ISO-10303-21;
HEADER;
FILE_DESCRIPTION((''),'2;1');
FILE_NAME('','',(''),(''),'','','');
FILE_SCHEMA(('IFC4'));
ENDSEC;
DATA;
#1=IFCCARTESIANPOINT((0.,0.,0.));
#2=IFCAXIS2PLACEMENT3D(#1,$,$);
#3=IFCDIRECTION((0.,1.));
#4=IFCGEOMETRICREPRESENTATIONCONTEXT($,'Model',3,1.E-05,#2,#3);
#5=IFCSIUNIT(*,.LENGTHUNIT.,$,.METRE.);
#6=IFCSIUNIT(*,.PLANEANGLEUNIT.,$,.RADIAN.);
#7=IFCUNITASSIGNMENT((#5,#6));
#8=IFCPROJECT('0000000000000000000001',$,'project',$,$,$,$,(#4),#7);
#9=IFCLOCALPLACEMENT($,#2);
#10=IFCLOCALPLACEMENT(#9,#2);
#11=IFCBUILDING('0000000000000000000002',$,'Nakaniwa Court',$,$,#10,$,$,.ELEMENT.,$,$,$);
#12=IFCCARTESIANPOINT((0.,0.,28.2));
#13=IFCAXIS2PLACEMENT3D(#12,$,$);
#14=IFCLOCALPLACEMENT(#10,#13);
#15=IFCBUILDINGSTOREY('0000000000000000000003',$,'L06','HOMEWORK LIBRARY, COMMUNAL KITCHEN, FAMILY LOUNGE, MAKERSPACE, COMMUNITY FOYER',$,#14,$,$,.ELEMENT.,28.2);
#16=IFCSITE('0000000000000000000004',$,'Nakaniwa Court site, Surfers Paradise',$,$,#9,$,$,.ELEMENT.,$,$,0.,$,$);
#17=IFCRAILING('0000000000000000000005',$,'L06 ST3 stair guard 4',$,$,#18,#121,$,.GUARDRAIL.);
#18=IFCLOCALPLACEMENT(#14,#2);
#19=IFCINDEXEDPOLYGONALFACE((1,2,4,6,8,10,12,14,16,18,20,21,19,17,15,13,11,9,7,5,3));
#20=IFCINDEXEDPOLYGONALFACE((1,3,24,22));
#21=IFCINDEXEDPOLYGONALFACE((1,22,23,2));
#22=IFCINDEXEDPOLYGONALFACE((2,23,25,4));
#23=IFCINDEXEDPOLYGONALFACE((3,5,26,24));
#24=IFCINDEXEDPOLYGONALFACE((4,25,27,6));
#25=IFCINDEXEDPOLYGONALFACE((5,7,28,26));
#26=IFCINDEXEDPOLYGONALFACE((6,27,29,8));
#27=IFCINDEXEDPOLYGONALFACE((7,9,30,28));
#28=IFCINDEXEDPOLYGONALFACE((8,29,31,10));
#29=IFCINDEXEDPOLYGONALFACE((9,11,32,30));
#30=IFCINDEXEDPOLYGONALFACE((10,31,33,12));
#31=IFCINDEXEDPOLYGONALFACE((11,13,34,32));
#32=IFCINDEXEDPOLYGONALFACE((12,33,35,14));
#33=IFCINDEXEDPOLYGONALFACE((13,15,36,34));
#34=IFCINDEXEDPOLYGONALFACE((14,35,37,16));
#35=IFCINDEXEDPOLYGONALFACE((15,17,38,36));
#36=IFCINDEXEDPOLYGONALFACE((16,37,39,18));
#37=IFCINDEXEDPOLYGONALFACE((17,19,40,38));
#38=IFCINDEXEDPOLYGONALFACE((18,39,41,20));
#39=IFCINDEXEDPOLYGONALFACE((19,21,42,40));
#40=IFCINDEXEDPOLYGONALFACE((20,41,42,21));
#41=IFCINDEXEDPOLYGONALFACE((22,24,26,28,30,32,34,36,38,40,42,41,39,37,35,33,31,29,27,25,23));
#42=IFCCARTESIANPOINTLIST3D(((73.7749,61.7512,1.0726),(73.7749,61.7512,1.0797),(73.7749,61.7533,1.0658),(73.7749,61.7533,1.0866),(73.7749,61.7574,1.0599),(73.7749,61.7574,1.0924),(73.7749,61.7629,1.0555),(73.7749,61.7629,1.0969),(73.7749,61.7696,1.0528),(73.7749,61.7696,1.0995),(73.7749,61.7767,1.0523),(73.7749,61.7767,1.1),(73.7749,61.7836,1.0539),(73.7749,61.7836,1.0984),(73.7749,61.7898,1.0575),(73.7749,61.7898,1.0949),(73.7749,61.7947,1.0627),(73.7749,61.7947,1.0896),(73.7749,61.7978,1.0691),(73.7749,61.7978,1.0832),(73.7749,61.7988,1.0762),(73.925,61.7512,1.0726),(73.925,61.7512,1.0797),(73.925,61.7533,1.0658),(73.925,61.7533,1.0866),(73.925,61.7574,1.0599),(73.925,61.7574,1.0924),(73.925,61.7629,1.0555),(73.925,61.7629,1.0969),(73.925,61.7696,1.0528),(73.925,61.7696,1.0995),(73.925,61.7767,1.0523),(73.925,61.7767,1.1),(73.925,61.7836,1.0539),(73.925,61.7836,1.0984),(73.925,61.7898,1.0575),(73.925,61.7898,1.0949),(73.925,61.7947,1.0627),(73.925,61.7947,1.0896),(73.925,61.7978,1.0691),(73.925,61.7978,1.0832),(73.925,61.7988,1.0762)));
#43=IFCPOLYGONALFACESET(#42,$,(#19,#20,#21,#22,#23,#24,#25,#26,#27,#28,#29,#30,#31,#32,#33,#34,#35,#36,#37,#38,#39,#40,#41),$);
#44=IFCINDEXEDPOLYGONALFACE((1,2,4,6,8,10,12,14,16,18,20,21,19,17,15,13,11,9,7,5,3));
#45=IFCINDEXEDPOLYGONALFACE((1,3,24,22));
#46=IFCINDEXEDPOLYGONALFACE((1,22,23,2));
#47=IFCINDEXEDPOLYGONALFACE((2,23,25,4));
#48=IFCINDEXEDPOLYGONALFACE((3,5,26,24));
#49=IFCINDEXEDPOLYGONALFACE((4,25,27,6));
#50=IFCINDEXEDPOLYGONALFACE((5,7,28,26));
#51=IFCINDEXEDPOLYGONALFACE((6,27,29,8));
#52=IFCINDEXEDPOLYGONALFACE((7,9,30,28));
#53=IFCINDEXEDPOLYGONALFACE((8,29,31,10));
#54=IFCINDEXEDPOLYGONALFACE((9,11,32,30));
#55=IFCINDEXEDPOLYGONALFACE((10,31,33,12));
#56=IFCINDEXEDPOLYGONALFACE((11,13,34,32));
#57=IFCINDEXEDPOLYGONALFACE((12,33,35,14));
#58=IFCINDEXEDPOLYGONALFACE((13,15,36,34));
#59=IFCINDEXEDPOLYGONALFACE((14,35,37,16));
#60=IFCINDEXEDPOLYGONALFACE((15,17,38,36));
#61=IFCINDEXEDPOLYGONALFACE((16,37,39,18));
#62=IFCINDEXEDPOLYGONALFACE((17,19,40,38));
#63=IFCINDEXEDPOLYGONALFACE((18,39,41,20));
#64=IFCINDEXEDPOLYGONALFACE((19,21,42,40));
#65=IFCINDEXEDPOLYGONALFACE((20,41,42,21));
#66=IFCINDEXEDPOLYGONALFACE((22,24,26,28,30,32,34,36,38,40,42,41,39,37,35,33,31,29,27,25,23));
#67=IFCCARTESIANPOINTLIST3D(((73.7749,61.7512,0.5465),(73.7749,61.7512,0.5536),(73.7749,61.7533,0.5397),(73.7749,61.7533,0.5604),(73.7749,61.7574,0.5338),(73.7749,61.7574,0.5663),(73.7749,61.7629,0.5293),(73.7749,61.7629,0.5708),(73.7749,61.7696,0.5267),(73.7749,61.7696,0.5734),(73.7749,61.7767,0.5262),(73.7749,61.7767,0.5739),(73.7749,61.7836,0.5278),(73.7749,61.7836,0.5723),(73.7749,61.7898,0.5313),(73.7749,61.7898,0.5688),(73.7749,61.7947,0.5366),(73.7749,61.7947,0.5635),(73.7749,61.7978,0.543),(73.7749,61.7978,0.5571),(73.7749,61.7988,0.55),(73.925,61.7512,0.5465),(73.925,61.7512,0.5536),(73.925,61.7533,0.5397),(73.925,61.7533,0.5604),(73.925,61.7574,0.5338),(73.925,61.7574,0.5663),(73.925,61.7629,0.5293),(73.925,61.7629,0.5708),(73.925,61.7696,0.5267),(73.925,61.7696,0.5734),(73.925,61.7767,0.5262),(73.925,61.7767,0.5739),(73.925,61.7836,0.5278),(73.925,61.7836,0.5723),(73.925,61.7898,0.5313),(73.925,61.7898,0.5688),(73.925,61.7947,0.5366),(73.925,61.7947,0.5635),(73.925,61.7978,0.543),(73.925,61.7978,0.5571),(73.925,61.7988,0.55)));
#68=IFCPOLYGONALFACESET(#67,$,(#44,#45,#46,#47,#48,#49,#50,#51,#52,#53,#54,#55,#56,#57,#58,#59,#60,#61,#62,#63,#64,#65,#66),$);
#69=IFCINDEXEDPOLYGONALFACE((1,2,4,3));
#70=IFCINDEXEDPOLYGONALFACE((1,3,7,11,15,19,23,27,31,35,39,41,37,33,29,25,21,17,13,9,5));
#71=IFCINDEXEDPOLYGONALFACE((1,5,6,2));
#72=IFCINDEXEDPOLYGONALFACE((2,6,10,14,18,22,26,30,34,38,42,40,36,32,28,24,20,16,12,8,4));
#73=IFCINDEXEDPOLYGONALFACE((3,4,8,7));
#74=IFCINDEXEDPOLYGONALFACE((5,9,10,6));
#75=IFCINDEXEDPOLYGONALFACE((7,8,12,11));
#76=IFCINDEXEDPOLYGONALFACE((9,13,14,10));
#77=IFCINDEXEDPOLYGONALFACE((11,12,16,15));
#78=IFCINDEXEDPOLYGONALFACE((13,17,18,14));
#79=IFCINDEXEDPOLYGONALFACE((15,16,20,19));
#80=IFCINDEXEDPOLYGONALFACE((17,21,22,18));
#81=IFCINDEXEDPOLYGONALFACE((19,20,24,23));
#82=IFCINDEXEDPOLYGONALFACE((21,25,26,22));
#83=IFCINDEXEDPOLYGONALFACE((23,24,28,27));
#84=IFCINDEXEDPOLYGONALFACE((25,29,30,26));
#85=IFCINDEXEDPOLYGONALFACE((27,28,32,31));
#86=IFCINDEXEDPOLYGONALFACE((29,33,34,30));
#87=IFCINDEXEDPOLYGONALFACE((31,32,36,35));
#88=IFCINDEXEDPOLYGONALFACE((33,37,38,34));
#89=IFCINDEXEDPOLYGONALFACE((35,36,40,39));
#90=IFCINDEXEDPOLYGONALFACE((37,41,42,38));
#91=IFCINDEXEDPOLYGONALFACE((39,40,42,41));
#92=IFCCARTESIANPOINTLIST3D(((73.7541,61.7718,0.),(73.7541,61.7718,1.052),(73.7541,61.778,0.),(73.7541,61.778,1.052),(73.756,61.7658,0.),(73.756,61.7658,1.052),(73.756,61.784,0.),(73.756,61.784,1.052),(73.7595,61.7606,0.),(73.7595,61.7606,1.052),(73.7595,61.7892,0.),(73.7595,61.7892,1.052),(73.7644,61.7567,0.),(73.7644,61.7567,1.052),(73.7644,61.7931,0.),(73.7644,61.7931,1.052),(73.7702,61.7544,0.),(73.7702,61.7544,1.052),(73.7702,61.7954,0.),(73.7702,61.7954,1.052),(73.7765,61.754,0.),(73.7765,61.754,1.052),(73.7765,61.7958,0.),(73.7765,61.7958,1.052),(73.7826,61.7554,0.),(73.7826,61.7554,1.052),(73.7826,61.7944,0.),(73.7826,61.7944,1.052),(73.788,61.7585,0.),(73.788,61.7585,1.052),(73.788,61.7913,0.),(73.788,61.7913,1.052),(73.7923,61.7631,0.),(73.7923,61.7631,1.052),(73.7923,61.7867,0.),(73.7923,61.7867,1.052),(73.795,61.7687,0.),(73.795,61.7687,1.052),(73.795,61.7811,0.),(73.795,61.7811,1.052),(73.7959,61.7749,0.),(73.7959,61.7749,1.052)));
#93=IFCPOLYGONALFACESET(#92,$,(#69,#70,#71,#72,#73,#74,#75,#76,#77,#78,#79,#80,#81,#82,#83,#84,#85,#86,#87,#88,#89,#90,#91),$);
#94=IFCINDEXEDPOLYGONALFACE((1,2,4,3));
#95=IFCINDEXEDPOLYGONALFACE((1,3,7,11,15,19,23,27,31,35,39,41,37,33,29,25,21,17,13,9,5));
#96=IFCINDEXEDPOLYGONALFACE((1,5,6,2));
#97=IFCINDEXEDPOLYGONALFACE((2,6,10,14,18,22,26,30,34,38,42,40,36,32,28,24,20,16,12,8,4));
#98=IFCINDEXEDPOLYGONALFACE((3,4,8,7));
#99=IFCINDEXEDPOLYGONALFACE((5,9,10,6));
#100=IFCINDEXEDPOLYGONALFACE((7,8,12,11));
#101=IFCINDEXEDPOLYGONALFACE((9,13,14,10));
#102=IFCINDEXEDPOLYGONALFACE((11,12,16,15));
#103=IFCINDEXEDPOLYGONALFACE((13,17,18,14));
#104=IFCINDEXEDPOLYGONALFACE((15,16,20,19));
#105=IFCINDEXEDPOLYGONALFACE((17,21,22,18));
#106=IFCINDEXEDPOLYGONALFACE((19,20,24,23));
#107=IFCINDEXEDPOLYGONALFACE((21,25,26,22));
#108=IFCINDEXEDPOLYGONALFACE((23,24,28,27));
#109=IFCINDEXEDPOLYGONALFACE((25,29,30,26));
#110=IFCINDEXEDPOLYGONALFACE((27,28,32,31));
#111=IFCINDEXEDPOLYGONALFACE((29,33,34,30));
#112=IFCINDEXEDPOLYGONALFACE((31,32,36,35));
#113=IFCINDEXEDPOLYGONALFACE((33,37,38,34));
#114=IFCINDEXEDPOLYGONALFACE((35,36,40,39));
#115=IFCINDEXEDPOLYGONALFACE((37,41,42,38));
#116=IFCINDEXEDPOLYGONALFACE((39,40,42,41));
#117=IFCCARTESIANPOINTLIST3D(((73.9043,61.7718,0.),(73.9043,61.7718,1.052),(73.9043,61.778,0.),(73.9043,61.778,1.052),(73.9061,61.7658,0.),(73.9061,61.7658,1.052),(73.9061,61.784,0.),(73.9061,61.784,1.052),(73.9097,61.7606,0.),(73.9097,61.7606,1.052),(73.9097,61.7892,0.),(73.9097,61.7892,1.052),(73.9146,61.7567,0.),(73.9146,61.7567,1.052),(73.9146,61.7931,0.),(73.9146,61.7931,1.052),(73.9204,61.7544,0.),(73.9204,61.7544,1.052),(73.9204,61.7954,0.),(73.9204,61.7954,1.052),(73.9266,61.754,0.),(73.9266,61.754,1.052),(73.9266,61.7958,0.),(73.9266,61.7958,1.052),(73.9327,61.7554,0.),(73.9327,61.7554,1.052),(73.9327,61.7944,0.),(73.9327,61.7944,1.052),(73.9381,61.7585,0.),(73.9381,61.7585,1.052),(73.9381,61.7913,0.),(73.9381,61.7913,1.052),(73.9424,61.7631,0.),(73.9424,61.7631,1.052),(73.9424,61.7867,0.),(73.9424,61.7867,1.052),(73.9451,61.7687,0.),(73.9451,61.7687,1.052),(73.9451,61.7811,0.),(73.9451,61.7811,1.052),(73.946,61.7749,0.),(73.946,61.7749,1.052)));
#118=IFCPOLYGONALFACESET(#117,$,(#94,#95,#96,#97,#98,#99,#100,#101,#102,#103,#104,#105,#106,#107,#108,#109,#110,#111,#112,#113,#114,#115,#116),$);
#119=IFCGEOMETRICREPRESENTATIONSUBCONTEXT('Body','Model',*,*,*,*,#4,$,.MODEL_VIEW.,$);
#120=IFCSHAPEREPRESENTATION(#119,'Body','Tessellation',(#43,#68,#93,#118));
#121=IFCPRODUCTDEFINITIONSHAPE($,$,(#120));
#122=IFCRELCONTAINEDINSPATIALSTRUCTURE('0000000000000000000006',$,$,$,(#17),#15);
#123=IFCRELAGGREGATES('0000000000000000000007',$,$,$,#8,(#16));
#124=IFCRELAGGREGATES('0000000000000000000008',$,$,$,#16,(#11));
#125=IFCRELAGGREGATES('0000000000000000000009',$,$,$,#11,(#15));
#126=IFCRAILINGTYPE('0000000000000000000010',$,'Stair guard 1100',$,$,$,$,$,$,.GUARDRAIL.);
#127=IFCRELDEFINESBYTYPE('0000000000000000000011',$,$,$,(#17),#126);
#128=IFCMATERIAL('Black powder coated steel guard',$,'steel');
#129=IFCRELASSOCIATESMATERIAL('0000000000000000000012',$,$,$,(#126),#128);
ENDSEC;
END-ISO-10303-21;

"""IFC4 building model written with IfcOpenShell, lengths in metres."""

from ifc_helpers import new_model, si_unit, direction, frame, origin, origin_2d, place, context, subcontext, project, spatial, circle, extrude, material, type_object, element, save


model = new_model("IFC4")

# Units and contexts
model_context = context("Model", 3, precision=1e-05, world=origin(), true_north=direction((0.0, 1.0)))
body_context = subcontext(model_context, "Body", "Model", "MODEL_VIEW")
ifc_project = project(units=[si_unit("LENGTHUNIT", "METRE"), si_unit("PLANEANGLEUNIT", "RADIAN")], contexts=[model_context])

# Site, building, storey
site_placement = place(None, origin())
site = spatial("IfcSite", under=ifc_project, at=site_placement, Name="Nakaniwa Court site, Surfers Paradise", CompositionType="ELEMENT", RefElevation=0.0)
building_placement = place(site_placement, origin())
building = spatial("IfcBuilding", under=site, at=building_placement, Name="Nakaniwa Court", CompositionType="ELEMENT")
storey_placement = place(building_placement, frame((0.0, 0.0, 28.2)))
storey = spatial("IfcBuildingStorey", under=building, at=storey_placement, Name="L06", Description="HOMEWORK LIBRARY, COMMUNAL KITCHEN, FAMILY LOUNGE, MAKERSPACE, COMMUNITY FOYER", CompositionType="ELEMENT", Elevation=28.2)

# Railing
ifc_material_1 = material(Name="Black powder coated steel guard", Category="steel")
railing_type_1 = type_object("IfcRailingType", Name="Stair guard 1100", PredefinedType="GUARDRAIL", material=ifc_material_1)
railing_1_placement = place(storey_placement, frame((73.7749, 61.7749, 0.0)))
element("IfcRailing", 1, at=railing_1_placement, inside=storey, type_object=railing_type_1, Name="L06 ST3 stair guard 4", PredefinedType="GUARDRAIL", context=body_context, shape_type="SweptSolid", body=[
    extrude(circle(Radius=0.0239, at=origin_2d()), frame((0.0, 0.0, 1.0762), z_axis=(1.0, 0.0, 0.0), x_axis=(0.0, 1.0, 0.0)), (0.0, 0.0, 1.0), 0.1501),
    extrude(circle(Radius=0.0239, at=origin_2d()), frame((0.0, 0.0, 0.55), z_axis=(1.0, 0.0, 0.0), x_axis=(0.0, 1.0, 0.0)), (0.0, 0.0, 1.0), 0.1501),
    extrude(circle(Radius=0.021, at=origin_2d()), origin(), (0.0, 0.0, 1.0), 1.052),
    extrude(circle(Radius=0.021, at=origin_2d()), frame((0.1501, 0.0, 0.0)), (0.0, 0.0, 1.0), 1.052),
])

save(model, "model.ifc")
